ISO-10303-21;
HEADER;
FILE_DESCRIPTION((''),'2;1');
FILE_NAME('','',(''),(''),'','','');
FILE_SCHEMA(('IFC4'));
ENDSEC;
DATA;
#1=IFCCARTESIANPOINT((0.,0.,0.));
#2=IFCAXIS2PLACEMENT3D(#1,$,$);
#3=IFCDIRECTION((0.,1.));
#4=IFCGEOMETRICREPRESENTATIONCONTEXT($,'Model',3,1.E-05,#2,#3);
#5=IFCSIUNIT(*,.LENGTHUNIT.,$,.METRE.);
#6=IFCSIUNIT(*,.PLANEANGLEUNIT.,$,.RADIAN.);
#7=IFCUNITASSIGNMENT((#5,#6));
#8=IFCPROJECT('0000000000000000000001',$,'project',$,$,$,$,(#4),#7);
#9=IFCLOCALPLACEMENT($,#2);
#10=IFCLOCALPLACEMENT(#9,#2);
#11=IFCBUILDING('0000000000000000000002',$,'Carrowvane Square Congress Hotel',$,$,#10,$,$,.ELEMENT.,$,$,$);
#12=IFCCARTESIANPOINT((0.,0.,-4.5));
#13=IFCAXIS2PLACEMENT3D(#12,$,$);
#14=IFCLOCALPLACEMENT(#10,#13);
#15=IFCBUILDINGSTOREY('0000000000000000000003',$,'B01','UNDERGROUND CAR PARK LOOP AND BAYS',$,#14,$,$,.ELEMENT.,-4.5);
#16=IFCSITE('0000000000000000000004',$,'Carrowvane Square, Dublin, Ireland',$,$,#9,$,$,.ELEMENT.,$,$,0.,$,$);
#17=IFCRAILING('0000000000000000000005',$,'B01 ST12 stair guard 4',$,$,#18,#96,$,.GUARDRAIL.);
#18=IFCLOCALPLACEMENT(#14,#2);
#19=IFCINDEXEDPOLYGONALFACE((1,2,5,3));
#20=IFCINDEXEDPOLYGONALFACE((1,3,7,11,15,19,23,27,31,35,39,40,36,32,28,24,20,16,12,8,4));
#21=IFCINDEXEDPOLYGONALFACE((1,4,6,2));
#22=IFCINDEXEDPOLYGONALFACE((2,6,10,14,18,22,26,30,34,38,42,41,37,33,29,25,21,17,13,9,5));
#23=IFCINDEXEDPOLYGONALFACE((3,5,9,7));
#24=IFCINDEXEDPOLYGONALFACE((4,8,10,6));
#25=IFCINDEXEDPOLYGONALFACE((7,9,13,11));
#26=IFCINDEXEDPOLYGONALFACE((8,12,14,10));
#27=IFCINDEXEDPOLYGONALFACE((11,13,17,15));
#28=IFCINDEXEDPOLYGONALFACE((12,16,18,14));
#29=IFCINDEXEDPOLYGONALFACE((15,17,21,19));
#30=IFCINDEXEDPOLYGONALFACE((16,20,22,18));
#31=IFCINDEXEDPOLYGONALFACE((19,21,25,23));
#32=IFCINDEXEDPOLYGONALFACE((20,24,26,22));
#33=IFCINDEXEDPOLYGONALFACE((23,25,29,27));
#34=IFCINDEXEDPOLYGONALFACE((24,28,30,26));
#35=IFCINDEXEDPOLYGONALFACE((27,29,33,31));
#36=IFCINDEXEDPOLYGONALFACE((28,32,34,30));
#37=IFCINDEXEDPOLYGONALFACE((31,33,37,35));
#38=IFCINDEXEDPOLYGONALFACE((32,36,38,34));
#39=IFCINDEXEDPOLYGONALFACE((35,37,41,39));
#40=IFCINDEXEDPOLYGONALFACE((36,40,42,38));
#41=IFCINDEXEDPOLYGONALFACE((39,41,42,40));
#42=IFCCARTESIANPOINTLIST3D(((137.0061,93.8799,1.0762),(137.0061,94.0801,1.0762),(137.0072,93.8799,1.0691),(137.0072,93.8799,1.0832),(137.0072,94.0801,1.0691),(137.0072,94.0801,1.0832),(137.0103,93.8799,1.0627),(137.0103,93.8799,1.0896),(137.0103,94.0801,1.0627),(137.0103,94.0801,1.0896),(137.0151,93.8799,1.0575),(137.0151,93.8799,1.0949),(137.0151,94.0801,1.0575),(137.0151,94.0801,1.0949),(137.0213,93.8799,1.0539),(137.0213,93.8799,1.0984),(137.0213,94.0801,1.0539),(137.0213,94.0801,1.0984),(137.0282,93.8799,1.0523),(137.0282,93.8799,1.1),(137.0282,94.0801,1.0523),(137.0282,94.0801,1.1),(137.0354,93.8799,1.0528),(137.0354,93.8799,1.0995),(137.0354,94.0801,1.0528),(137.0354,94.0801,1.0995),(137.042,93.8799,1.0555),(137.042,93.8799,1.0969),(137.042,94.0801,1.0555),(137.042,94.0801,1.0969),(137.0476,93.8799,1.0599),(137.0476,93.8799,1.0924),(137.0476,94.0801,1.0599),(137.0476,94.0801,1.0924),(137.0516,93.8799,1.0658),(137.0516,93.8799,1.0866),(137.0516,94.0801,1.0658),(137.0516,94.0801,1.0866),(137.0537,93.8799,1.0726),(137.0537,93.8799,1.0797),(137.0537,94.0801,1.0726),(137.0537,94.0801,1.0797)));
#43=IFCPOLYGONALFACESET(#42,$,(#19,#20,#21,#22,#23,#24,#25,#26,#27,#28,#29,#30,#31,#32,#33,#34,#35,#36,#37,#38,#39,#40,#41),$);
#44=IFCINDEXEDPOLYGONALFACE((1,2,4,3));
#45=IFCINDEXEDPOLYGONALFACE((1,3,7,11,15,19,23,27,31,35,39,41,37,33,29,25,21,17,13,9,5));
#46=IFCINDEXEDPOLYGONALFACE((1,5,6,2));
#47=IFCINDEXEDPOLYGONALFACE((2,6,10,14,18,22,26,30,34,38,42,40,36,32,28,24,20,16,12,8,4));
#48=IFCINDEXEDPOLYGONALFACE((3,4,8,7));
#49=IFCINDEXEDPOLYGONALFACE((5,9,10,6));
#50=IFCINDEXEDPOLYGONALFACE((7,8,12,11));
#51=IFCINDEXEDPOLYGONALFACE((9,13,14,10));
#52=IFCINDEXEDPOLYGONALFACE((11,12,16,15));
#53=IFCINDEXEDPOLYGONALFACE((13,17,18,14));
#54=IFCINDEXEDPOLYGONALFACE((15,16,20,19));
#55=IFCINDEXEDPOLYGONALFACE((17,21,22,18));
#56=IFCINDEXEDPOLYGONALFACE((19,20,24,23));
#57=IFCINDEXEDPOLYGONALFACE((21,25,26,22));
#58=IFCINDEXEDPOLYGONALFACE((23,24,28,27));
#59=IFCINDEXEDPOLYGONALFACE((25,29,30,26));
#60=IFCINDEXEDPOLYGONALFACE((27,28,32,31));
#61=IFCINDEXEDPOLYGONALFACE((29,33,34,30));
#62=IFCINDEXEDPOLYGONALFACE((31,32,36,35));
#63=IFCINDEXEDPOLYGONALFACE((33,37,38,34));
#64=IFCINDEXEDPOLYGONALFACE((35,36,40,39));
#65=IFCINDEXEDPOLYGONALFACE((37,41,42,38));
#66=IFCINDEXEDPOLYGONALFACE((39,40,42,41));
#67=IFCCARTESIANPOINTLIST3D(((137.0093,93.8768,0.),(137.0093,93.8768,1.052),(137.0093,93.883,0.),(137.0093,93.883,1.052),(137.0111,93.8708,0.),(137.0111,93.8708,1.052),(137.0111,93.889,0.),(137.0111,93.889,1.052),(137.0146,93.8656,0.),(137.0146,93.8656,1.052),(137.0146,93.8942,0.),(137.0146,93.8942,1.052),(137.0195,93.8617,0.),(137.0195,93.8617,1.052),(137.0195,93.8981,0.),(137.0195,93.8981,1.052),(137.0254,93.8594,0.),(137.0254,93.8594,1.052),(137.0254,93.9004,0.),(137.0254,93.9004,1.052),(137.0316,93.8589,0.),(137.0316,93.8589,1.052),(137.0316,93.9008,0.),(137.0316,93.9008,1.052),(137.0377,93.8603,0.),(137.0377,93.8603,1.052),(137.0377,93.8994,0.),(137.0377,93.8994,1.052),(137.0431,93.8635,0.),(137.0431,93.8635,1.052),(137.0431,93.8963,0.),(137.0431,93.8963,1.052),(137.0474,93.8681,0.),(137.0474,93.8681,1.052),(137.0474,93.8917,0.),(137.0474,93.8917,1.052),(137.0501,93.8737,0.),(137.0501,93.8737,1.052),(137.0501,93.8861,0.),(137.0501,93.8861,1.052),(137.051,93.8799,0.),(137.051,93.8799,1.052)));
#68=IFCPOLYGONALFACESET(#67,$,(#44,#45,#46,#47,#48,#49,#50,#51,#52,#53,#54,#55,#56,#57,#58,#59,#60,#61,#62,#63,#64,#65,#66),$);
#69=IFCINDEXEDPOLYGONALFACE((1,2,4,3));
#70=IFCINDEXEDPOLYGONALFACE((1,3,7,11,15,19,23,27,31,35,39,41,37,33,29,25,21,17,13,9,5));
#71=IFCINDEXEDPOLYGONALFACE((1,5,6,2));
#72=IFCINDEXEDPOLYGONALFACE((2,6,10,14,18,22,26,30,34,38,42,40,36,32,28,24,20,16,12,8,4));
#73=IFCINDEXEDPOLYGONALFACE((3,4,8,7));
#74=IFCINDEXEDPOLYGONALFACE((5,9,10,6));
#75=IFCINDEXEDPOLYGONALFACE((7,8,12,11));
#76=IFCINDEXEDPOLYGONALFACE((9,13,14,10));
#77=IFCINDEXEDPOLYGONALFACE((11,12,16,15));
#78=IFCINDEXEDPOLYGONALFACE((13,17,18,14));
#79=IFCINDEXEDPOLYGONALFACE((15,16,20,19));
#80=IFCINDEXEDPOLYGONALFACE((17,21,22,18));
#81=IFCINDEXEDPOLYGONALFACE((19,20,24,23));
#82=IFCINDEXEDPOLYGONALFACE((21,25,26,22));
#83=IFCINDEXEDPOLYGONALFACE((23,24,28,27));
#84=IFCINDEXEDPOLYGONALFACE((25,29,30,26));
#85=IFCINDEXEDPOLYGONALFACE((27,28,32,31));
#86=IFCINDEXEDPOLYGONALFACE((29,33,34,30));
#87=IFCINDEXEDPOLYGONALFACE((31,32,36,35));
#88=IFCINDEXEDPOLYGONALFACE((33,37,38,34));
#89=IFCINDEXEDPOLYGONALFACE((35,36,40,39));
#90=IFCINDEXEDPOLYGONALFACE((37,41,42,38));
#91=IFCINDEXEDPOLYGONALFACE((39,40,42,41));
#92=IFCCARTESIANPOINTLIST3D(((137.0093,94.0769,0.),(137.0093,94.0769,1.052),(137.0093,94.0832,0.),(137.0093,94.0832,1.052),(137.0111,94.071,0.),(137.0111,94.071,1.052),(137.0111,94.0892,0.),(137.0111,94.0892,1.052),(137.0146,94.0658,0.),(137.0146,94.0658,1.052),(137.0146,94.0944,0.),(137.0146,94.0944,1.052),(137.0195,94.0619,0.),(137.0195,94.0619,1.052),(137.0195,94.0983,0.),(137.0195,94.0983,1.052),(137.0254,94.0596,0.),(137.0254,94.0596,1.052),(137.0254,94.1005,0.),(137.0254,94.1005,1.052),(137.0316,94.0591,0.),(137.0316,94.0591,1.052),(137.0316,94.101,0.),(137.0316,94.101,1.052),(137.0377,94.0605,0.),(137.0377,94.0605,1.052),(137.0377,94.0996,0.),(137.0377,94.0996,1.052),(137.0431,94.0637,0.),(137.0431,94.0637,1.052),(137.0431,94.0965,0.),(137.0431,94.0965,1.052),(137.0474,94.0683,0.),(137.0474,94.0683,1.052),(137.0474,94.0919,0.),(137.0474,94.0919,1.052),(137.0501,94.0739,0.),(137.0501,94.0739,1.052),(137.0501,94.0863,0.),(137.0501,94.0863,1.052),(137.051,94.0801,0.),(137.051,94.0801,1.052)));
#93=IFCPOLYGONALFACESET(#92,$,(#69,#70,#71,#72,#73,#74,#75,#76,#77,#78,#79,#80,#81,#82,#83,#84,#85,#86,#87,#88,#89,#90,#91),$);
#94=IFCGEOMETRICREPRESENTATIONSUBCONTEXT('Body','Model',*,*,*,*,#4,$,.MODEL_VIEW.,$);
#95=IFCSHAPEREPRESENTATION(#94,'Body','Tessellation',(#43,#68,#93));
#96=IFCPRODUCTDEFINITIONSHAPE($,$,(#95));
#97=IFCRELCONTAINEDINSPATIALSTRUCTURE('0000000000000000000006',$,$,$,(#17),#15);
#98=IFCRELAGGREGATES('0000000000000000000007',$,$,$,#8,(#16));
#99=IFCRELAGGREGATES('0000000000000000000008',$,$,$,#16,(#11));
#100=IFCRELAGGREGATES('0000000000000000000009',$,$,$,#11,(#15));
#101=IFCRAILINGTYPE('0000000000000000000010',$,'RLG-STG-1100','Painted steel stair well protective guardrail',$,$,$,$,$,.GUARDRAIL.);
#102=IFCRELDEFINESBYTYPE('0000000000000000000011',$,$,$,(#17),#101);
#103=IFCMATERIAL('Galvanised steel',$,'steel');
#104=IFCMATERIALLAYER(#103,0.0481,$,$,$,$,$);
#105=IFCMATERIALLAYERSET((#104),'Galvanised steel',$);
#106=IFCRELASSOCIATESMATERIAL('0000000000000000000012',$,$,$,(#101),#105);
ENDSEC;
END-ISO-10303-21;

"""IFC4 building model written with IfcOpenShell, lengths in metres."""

from ifc_helpers import new_model, si_unit, direction, frame, origin, origin_2d, place, context, subcontext, project, spatial, circle, extrude, material, layer, layer_set, type_object, element, save


model = new_model("IFC4")

# Units and contexts
model_context = context("Model", 3, precision=1e-05, world=origin(), true_north=direction((0.0, 1.0)))
body_context = subcontext(model_context, "Body", "Model", "MODEL_VIEW")
ifc_project = project(units=[si_unit("LENGTHUNIT", "METRE"), si_unit("PLANEANGLEUNIT", "RADIAN")], contexts=[model_context])

# Site, building, storey
site_placement = place(None, origin())
site = spatial("IfcSite", under=ifc_project, at=site_placement, Name="Carrowvane Square, Dublin, Ireland", CompositionType="ELEMENT", RefElevation=0.0)
building_placement = place(site_placement, origin())
building = spatial("IfcBuilding", under=site, at=building_placement, Name="Carrowvane Square Congress Hotel", CompositionType="ELEMENT")
storey_placement = place(building_placement, frame((0.0, 0.0, -4.5)))
storey = spatial("IfcBuildingStorey", under=building, at=storey_placement, Name="B01", Description="UNDERGROUND CAR PARK LOOP AND BAYS", CompositionType="ELEMENT", Elevation=-4.5)

# Railing
ifc_material_1 = material(Name="Galvanised steel", Category="steel")
ifc_layer_1 = layer(ifc_material_1, 0.0481)
ifc_layer_set_1 = layer_set([ifc_layer_1], Name="Galvanised steel")
railing_type_1 = type_object("IfcRailingType", Name="RLG-STG-1100", Description="Painted steel stair well protective guardrail", PredefinedType="GUARDRAIL", material=ifc_layer_set_1)
railing_1_placement = place(storey_placement, frame((137.03, 93.8799, 0.0)))
element("IfcRailing", 1, at=railing_1_placement, inside=storey, type_object=railing_type_1, Name="B01 ST12 stair guard 4", PredefinedType="GUARDRAIL", context=body_context, shape_type="SweptSolid", body=[
    extrude(circle(Radius=0.0239, at=origin_2d()), frame((0.0, 0.0, 1.0762), z_axis=(0.0, 1.0, 0.0), x_axis=(-1.0, 0.0, 0.0)), (0.0, 0.0, 1.0), 0.2002),
    extrude(circle(Radius=0.021, at=origin_2d()), origin(), (0.0, 0.0, 1.0), 1.052),
    extrude(circle(Radius=0.021, at=origin_2d()), frame((0.0, 0.2002, 0.0)), (0.0, 0.0, 1.0), 1.052),
])

save(model, "model.ifc")
